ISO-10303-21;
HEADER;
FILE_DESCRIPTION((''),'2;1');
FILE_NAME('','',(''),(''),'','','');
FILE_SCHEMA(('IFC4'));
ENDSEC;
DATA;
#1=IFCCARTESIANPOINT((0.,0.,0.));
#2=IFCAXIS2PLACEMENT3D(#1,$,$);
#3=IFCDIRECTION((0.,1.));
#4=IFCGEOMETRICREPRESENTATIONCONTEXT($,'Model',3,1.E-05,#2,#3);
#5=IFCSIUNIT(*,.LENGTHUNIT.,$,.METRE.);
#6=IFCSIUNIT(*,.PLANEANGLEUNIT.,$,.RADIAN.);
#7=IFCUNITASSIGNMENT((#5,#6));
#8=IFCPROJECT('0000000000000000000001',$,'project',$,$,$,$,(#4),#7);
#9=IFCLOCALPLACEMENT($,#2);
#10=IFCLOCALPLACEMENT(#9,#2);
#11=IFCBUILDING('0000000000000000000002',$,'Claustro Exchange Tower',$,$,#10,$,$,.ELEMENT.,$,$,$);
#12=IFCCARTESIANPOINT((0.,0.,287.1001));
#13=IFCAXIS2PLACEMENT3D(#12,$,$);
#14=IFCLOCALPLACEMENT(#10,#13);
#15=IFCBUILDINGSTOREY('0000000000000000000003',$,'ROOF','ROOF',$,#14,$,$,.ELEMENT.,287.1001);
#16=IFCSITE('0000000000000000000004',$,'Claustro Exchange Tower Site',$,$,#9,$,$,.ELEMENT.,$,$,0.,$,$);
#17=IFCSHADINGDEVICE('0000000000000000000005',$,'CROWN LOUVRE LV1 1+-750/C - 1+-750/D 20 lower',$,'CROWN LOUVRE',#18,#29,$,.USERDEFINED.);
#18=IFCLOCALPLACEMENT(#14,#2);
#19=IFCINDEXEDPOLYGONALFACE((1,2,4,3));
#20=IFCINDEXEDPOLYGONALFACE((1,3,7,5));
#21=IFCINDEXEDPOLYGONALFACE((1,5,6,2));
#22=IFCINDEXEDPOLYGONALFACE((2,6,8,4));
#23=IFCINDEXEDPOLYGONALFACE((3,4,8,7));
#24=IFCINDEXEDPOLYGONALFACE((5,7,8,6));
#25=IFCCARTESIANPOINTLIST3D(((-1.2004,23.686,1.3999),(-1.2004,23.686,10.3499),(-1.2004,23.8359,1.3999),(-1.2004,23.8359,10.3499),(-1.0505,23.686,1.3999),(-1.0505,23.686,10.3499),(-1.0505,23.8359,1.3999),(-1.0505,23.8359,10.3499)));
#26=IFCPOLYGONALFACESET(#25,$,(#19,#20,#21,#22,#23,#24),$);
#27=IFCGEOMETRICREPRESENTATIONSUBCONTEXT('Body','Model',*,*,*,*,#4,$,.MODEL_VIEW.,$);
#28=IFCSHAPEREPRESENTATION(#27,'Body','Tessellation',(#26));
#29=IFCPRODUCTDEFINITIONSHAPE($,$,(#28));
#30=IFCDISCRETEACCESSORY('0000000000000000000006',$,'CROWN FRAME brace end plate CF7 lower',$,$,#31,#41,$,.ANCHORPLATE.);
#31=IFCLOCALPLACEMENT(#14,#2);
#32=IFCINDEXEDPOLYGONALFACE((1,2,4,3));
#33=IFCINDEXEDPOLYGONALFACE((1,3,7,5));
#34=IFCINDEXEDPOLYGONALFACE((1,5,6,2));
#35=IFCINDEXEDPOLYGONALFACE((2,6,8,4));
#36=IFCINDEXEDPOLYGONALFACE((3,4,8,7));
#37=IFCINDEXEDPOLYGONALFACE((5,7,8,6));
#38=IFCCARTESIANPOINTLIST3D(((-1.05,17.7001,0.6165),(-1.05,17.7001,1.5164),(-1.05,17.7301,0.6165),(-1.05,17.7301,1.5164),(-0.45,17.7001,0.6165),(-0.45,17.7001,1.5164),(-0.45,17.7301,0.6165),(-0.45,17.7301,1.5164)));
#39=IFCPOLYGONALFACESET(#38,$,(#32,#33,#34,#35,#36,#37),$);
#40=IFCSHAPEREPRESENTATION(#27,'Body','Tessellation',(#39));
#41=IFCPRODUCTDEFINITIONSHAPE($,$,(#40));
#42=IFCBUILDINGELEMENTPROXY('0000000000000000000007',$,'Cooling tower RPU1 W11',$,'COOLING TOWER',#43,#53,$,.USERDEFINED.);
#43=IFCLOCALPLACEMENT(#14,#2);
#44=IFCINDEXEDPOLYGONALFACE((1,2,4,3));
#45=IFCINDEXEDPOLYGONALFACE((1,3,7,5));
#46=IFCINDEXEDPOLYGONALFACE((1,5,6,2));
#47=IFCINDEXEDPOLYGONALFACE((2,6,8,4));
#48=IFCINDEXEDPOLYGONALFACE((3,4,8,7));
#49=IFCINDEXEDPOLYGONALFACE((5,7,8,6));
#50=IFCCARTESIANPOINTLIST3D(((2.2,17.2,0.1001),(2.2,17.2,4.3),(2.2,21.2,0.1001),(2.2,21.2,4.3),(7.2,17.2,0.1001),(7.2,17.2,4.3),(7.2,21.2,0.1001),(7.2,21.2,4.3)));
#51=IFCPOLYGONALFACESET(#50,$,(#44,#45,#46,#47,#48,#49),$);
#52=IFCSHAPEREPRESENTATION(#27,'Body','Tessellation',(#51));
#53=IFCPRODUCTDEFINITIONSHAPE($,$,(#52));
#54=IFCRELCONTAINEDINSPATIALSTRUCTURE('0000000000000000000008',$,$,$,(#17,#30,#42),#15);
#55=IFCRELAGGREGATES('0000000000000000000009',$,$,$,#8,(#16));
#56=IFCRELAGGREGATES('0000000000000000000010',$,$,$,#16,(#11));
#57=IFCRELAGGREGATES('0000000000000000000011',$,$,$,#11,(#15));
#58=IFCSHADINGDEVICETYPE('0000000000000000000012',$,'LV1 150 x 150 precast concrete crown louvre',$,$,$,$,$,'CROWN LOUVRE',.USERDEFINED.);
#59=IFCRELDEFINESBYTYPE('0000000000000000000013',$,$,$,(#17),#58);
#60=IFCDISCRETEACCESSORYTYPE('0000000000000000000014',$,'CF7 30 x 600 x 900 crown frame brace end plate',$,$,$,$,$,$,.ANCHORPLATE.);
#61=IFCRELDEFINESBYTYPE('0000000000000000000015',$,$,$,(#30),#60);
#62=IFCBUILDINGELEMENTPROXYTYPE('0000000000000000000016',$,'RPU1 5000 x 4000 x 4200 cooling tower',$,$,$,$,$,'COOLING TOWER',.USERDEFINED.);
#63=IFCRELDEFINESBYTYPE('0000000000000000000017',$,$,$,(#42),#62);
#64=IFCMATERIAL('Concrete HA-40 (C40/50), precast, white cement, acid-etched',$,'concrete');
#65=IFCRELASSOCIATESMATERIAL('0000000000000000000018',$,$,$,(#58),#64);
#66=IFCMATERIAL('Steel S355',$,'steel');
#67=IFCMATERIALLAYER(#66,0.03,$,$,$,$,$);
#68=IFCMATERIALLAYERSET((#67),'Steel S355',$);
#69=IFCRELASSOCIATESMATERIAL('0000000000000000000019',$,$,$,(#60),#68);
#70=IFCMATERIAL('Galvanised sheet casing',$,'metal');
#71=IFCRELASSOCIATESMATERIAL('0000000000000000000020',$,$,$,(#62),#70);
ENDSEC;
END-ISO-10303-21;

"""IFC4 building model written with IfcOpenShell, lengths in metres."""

from ifc_helpers import new_model, si_unit, direction, frame, origin, origin_2d, place, context, subcontext, project, spatial, rectangle, extrude, material, layer, layer_set, type_object, element, save


model = new_model("IFC4")

# Units and contexts
model_context = context("Model", 3, precision=1e-05, world=origin(), true_north=direction((0.0, 1.0)))
body_context = subcontext(model_context, "Body", "Model", "MODEL_VIEW")
ifc_project = project(units=[si_unit("LENGTHUNIT", "METRE"), si_unit("PLANEANGLEUNIT", "RADIAN")], contexts=[model_context])

# Site, building, storey
site_placement = place(None, origin())
site = spatial("IfcSite", under=ifc_project, at=site_placement, Name="Claustro Exchange Tower Site", CompositionType="ELEMENT", RefElevation=0.0)
building_placement = place(site_placement, origin())
building = spatial("IfcBuilding", under=site, at=building_placement, Name="Claustro Exchange Tower", CompositionType="ELEMENT")
storey_placement = place(building_placement, frame((0.0, 0.0, 287.1001)))
storey = spatial("IfcBuildingStorey", under=building, at=storey_placement, Name="ROOF", Description="ROOF", CompositionType="ELEMENT", Elevation=287.1001)

# Shading device
ifc_material_1 = material(Name="Concrete HA-40 (C40/50), precast, white cement, acid-etched", Category="concrete")
shading_device_type = type_object("IfcShadingDeviceType", Name="LV1 150 x 150 precast concrete crown louvre", ElementType="CROWN LOUVRE", PredefinedType="USERDEFINED", material=ifc_material_1)
for number, where, z_axis, x_axis, name in (
    (1, (-1.1255, 23.761, 1.3999), (0.0, 0.0, 1.0), (0.0, 1.0, 0.0), "CROWN LOUVRE LV1 1+-750/C - 1+-750/D 20 lower"),
):
    element("IfcShadingDevice", number, at=place(storey_placement, frame(where, z_axis=z_axis, x_axis=x_axis)), inside=storey, type_object=shading_device_type, Name=name, ObjectType="CROWN LOUVRE", PredefinedType="USERDEFINED", context=body_context, shape_type="SweptSolid", body=[
        extrude(rectangle(XDim=0.1499, YDim=0.1499, at=origin_2d()), origin(), (0.0, 0.0, 1.0), 8.95),
    ])

# Discrete accessory
ifc_material_2 = material(Name="Steel S355", Category="steel")
ifc_layer_1 = layer(ifc_material_2, 0.03)
ifc_layer_set_1 = layer_set([ifc_layer_1], Name="Steel S355")
discrete_accessory_type = type_object("IfcDiscreteAccessoryType", Name="CF7 30 x 600 x 900 crown frame brace end plate", PredefinedType="ANCHORPLATE", material=ifc_layer_set_1)
discrete_accessory_placement = place(storey_placement, frame((-0.75, 17.7151, 0.6165), z_axis=(0.0, 0.0, 1.0), x_axis=(0.0, 1.0, 0.0)))
element("IfcDiscreteAccessory", 2, at=discrete_accessory_placement, inside=storey, type_object=discrete_accessory_type, Name="CROWN FRAME brace end plate CF7 lower", PredefinedType="ANCHORPLATE", context=body_context, shape_type="SweptSolid", body=[
    extrude(rectangle(XDim=0.03, YDim=0.6001, at=origin_2d()), origin(), (0.0, 0.0, 1.0), 0.8999),
])

# Building element proxy
ifc_material_3 = material(Name="Galvanised sheet casing", Category="metal")
building_element_proxy_type = type_object("IfcBuildingElementProxyType", Name="RPU1 5000 x 4000 x 4200 cooling tower", ElementType="COOLING TOWER", PredefinedType="USERDEFINED", material=ifc_material_3)
proxy_placement = place(storey_placement, frame((4.7, 19.2, 0.1001), z_axis=(0.0, 0.0, 1.0), x_axis=(1.0, 0.0, 0.0)))
element("IfcBuildingElementProxy", 3, at=proxy_placement, inside=storey, type_object=building_element_proxy_type, Name="Cooling tower RPU1 W11", ObjectType="COOLING TOWER", PredefinedType="USERDEFINED", context=body_context, shape_type="SweptSolid", body=[
    extrude(rectangle(XDim=5.0, YDim=4.0, at=origin_2d()), origin(), (0.0, 0.0, 1.0), 4.2),
])

save(model, "model.ifc")
